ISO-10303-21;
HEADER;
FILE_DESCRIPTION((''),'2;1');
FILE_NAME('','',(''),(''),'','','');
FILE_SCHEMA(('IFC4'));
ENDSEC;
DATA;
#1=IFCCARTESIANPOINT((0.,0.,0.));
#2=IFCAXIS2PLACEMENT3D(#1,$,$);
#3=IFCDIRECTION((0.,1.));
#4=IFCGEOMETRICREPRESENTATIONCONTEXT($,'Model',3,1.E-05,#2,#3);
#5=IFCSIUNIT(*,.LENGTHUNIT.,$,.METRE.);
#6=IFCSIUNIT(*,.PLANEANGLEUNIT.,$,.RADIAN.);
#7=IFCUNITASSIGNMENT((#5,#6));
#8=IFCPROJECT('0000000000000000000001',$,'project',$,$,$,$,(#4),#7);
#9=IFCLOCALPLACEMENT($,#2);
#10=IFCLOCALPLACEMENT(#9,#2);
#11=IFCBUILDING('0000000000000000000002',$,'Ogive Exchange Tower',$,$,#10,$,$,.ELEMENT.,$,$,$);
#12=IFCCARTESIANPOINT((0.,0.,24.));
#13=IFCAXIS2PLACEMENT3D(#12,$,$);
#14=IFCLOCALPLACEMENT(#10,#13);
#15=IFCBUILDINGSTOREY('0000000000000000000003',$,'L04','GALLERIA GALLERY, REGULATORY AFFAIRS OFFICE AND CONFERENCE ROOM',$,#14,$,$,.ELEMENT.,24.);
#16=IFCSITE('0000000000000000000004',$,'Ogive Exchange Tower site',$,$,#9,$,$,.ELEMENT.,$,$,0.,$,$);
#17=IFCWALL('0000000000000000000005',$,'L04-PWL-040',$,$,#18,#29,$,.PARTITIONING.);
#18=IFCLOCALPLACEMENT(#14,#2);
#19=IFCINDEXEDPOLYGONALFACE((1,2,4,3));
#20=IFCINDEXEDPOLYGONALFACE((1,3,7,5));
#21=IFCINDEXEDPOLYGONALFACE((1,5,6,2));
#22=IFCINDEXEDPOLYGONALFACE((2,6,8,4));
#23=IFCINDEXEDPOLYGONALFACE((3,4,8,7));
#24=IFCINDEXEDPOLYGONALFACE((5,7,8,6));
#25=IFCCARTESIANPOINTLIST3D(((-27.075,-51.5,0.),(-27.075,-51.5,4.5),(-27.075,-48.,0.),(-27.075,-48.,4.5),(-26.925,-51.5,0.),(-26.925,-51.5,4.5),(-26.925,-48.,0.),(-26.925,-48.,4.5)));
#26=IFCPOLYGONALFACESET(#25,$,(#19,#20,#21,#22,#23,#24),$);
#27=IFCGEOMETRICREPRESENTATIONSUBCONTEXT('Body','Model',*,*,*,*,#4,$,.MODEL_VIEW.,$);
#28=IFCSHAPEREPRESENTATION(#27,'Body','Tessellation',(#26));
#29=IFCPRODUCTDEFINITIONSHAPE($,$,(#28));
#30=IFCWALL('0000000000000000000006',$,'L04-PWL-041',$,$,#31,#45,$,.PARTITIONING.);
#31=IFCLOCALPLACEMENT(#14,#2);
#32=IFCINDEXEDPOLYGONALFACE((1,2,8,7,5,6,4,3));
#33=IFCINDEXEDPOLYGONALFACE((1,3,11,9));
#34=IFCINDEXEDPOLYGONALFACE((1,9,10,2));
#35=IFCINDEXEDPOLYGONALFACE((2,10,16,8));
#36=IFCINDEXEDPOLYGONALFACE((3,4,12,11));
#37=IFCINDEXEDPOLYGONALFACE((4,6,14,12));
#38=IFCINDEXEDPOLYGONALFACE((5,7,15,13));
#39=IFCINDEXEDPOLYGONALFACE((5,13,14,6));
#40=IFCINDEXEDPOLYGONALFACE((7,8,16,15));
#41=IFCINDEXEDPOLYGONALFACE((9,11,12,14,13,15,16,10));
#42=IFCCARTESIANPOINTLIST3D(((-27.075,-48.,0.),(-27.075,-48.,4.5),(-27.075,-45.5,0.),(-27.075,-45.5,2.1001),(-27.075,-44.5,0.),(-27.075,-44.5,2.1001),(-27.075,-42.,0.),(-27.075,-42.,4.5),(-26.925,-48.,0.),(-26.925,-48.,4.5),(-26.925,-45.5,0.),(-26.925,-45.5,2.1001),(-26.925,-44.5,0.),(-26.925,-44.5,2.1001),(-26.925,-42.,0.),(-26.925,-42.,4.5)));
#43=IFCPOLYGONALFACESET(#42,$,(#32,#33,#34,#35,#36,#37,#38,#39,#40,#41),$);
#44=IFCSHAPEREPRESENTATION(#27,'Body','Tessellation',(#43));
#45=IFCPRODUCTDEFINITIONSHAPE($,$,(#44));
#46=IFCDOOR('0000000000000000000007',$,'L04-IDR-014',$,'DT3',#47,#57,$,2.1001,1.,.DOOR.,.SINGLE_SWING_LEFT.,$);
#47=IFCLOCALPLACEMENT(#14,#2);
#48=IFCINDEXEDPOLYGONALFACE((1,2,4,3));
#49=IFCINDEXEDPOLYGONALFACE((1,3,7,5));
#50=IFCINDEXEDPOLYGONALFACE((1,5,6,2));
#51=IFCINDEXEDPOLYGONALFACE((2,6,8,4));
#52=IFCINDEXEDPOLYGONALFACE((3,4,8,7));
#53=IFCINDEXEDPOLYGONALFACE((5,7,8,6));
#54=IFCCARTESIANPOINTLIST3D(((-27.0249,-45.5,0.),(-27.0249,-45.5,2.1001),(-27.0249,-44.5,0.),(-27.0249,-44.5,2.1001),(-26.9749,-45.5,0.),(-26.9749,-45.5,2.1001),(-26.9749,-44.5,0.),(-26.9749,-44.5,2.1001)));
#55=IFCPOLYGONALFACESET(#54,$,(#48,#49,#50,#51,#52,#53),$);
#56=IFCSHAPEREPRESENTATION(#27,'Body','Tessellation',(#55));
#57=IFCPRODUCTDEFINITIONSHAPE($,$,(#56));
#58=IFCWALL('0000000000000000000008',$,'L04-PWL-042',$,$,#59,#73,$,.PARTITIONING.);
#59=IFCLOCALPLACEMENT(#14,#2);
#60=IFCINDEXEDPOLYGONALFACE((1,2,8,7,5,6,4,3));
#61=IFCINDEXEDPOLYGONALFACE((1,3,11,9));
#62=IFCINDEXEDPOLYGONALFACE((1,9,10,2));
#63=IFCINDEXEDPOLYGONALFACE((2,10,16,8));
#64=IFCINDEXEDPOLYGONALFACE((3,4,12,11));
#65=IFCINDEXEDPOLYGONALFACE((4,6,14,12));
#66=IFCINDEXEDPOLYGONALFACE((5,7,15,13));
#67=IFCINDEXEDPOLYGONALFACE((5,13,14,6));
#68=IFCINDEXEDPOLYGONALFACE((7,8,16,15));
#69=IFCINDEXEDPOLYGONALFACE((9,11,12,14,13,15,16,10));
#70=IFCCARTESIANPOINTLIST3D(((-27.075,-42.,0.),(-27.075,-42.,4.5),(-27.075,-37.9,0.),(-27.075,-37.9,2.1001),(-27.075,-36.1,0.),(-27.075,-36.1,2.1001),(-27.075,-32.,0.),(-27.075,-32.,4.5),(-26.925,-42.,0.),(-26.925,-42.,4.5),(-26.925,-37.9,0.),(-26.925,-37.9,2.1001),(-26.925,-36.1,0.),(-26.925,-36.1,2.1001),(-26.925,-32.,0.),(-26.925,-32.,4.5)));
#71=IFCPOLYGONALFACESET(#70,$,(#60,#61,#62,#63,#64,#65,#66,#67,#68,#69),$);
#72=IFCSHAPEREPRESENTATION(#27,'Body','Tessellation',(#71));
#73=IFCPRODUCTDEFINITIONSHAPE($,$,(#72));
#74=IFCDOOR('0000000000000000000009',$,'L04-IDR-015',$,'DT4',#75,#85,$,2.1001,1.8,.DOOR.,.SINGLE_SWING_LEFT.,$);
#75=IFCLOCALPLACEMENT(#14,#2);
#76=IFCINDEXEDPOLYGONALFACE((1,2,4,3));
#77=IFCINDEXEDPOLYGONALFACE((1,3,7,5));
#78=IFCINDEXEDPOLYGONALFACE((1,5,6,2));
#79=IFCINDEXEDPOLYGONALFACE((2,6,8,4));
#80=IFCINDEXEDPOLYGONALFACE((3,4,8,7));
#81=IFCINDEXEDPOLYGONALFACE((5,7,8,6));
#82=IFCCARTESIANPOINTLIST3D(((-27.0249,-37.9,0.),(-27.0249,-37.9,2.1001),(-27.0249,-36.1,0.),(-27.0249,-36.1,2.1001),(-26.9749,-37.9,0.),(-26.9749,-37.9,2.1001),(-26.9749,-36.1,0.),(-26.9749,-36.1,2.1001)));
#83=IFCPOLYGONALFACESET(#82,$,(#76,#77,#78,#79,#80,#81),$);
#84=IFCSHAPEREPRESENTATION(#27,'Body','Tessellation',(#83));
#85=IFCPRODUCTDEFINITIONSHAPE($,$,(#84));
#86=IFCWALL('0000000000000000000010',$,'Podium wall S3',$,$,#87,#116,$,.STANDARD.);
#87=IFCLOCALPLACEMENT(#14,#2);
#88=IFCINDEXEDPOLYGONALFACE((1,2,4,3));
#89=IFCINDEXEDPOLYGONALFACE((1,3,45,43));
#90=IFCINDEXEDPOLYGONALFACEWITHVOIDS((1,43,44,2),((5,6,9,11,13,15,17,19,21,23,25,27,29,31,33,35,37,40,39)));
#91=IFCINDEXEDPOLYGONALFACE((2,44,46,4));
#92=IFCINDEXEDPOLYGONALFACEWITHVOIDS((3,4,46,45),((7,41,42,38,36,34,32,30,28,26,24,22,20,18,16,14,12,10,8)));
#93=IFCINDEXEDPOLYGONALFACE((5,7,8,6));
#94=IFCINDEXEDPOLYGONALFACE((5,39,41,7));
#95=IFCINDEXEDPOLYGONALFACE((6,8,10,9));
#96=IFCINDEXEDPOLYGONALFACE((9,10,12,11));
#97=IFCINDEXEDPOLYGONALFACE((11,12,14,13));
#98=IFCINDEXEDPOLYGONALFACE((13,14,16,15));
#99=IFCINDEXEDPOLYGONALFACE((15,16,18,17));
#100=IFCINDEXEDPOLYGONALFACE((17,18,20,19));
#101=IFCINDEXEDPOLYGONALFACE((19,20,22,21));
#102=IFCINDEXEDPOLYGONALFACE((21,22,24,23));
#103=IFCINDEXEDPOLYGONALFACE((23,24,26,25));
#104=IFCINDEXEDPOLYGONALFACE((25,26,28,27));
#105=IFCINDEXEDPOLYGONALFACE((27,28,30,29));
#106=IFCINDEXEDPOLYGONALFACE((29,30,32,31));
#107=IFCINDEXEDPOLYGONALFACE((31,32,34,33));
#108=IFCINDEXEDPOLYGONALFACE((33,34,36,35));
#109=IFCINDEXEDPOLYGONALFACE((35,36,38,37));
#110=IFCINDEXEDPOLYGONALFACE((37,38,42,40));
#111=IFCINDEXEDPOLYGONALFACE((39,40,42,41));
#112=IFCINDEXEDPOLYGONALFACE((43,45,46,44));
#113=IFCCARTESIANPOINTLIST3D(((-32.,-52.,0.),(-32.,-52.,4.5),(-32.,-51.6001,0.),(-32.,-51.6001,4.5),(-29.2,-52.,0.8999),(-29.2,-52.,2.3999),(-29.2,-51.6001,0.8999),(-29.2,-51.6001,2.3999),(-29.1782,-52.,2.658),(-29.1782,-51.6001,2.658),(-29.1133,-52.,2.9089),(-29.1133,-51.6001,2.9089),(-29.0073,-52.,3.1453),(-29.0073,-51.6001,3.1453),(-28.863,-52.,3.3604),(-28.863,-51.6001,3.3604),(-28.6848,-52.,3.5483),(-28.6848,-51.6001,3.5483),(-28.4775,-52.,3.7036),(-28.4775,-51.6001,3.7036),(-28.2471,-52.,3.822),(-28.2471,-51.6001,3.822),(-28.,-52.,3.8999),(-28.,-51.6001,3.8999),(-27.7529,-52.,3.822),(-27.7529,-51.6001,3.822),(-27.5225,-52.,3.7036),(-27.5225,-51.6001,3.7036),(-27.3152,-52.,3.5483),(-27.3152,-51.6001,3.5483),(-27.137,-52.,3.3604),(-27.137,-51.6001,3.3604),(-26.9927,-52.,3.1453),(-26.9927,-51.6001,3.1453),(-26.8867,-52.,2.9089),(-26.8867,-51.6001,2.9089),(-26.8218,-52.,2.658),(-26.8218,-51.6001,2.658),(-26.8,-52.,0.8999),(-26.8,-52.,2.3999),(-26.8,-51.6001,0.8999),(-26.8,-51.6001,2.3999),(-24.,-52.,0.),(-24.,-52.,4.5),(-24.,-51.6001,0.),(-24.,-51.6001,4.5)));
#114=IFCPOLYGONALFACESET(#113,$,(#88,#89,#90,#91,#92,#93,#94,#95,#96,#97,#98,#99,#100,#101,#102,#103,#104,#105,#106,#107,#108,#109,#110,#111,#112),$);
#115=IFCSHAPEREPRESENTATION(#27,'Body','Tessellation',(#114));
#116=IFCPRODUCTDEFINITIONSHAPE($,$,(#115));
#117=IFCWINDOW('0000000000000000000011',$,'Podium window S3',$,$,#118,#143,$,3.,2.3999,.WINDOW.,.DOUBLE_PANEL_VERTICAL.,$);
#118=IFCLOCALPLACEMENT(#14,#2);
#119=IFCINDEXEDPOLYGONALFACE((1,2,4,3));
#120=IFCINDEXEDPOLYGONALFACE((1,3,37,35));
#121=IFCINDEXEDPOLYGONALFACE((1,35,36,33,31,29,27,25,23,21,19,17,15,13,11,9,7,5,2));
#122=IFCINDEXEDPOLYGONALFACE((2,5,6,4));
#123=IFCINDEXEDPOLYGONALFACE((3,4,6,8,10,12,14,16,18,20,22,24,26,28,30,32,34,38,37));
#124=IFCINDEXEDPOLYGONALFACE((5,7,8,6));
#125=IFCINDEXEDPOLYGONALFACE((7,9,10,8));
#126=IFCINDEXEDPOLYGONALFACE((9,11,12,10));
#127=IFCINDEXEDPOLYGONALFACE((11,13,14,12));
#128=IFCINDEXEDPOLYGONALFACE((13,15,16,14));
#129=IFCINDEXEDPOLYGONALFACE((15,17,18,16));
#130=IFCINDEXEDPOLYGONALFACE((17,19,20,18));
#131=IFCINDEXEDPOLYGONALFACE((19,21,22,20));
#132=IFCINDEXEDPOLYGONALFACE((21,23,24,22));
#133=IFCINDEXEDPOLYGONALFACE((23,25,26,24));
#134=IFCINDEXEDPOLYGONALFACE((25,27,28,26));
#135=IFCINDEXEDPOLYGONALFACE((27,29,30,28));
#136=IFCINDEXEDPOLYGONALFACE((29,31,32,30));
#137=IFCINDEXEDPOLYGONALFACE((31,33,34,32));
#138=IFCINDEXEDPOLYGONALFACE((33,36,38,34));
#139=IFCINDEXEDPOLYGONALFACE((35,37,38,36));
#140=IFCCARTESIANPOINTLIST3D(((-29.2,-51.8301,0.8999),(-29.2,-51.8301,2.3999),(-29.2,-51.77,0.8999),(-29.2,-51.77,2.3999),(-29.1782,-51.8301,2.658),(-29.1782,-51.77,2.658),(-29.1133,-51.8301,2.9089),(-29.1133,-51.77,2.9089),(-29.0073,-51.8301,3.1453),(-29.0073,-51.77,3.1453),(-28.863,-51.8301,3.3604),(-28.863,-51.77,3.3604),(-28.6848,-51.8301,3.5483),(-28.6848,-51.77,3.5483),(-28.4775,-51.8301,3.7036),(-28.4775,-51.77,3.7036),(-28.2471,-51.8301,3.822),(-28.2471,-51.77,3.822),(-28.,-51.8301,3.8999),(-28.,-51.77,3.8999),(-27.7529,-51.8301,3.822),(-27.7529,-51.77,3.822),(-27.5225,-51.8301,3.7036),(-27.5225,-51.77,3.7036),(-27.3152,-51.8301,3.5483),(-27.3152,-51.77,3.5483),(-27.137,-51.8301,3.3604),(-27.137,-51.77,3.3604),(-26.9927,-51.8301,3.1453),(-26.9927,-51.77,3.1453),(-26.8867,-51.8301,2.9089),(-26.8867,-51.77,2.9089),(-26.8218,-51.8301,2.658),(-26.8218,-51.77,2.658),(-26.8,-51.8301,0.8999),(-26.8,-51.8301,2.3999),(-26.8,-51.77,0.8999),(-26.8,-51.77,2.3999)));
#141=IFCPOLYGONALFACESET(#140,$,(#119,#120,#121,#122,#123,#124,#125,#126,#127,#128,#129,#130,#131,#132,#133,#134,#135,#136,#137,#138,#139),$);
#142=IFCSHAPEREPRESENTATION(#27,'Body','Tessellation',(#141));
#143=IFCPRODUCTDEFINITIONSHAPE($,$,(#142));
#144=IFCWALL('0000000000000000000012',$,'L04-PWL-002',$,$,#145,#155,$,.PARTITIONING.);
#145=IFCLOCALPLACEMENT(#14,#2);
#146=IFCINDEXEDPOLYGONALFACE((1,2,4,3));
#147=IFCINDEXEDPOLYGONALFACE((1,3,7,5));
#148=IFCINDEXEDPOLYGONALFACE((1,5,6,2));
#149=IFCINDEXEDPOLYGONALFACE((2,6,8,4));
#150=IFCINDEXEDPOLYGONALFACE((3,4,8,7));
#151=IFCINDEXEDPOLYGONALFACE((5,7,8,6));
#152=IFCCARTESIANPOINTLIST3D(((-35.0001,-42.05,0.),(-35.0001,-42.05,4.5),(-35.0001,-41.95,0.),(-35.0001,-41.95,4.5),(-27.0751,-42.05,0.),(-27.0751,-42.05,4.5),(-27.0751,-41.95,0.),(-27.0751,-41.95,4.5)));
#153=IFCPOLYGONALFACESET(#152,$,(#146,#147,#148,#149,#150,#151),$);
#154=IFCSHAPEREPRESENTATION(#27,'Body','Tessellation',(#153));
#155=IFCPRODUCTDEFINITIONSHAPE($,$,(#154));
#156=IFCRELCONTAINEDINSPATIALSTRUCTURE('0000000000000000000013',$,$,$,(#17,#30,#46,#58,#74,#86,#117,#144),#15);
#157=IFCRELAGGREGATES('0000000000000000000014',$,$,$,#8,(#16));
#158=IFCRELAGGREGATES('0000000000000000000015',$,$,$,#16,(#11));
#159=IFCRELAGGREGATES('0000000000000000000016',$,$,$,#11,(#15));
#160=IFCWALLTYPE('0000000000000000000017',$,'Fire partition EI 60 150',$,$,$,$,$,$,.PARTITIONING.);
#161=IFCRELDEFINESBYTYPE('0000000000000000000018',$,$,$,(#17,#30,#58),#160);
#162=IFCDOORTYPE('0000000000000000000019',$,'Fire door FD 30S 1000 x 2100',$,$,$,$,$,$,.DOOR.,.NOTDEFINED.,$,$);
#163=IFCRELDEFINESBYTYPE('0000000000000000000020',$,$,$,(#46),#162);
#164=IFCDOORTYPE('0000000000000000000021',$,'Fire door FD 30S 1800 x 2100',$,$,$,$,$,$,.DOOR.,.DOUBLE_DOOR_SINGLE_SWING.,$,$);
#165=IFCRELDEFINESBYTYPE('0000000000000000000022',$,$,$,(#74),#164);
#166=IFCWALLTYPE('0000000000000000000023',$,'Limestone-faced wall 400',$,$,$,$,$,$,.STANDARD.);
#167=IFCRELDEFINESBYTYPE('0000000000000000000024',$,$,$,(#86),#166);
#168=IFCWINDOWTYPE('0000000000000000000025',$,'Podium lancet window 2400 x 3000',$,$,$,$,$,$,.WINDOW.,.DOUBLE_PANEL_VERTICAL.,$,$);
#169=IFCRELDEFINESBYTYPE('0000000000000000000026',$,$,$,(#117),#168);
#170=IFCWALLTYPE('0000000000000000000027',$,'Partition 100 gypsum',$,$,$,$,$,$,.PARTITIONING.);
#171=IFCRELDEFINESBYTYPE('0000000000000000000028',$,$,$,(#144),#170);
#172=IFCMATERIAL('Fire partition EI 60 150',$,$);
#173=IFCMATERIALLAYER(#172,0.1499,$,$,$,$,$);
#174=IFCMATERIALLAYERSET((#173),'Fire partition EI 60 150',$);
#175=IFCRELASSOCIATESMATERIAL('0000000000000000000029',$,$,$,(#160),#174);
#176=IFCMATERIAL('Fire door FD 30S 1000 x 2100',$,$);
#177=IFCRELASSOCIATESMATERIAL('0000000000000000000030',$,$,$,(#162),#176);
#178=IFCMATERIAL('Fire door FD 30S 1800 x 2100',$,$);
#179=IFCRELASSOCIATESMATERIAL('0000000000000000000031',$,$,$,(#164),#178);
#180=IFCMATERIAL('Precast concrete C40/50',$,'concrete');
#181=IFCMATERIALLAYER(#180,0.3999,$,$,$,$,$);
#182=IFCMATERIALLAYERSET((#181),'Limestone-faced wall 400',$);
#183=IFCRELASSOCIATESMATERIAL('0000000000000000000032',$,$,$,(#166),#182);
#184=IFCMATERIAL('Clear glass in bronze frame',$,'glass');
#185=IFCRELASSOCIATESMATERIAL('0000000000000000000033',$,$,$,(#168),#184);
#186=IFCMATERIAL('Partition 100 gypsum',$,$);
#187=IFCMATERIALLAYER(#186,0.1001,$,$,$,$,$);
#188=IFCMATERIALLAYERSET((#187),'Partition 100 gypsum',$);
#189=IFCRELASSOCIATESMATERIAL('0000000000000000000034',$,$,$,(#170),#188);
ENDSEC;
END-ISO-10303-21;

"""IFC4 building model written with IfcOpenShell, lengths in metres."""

from ifc_helpers import new_model, si_unit, direction, frame, frame_2d, origin, place, context, subcontext, project, spatial, polyline, rectangle, outline, extrude, material, layer, layer_set, type_object, element, fill, save


model = new_model("IFC4")

# Units and contexts
model_context = context("Model", 3, precision=1e-05, world=origin(), true_north=direction((0.0, 1.0)))
body_context = subcontext(model_context, "Body", "Model", "MODEL_VIEW")
ifc_project = project(units=[si_unit("LENGTHUNIT", "METRE"), si_unit("PLANEANGLEUNIT", "RADIAN")], contexts=[model_context])

# Site, building, storey
site_placement = place(None, origin())
site = spatial("IfcSite", under=ifc_project, at=site_placement, Name="Ogive Exchange Tower site", CompositionType="ELEMENT", RefElevation=0.0)
building_placement = place(site_placement, origin())
building = spatial("IfcBuilding", under=site, at=building_placement, Name="Ogive Exchange Tower", CompositionType="ELEMENT")
storey_placement = place(building_placement, frame((0.0, 0.0, 24.0)))
storey = spatial("IfcBuildingStorey", under=building, at=storey_placement, Name="L04", Description="GALLERIA GALLERY, REGULATORY AFFAIRS OFFICE AND CONFERENCE ROOM", CompositionType="ELEMENT", Elevation=24.0)

# Wall
ifc_material_1 = material(Name="Fire partition EI 60 150")
ifc_layer_1 = layer(ifc_material_1, 0.1499)
ifc_layer_set_1 = layer_set([ifc_layer_1], Name="Fire partition EI 60 150")
wall_type_1 = type_object("IfcWallType", Name="Fire partition EI 60 150", PredefinedType="PARTITIONING", material=ifc_layer_set_1)
wall_1_placement = place(storey_placement, frame((-27.0, -51.5, 0.0), z_axis=(0.0, 0.0, 1.0), x_axis=(0.0, 1.0, 0.0)))
element("IfcWall", 1, at=wall_1_placement, inside=storey, type_object=wall_type_1, Name="L04-PWL-040", PredefinedType="PARTITIONING", context=body_context, shape_type="SweptSolid", body=[
    extrude(rectangle(XDim=3.5, YDim=0.1499, at=frame_2d((1.75, 0.0))), origin(), (0.0, 0.0, 1.0), 4.5),
])

# Walls, openings, doors
wall_2_placement = place(storey_placement, frame((-27.0, -48.0, 0.0), z_axis=(0.0, 0.0, 1.0), x_axis=(0.0, 1.0, 0.0)))
wall_2 = element("IfcWall", 2, at=wall_2_placement, inside=storey, type_object=wall_type_1, Name="L04-PWL-041", PredefinedType="PARTITIONING", context=body_context, shape_type="SweptSolid", body=[
    extrude(rectangle(XDim=6.0, YDim=0.1499, at=frame_2d((3.0, 0.0))), origin(), (0.0, 0.0, 1.0), 4.5),
])
opening_1_placement = place(wall_2_placement, frame((2.5, 0.0, 0.0)))
opening_1 = element("IfcOpeningElement", 3, at=opening_1_placement, cuts=wall_2, PredefinedType="OPENING", context=body_context, shape_type="SweptSolid", body=[
    extrude(rectangle(XDim=1.0, YDim=2.1001, at=frame_2d((0.5, 1.05))), frame((0.0, 0.085, 0.0), z_axis=(0.0, -1.0, 0.0), x_axis=(1.0, 0.0, 0.0)), (0.0, 0.0, 1.0), 0.1699),
])
ifc_material_2 = material(Name="Fire door FD 30S 1000 x 2100")
door_type_1 = type_object("IfcDoorType", Name="Fire door FD 30S 1000 x 2100", OperationType="NOTDEFINED", PredefinedType="DOOR", material=ifc_material_2)
door_1_placement = place(opening_1_placement, origin())
door_1 = element("IfcDoor", 4, at=door_1_placement, inside=storey, type_object=door_type_1, Name="L04-IDR-014", ObjectType="DT3", OperationType="SINGLE_SWING_LEFT", OverallHeight=2.1001, OverallWidth=1.0, PredefinedType="DOOR", context=body_context, shape_type="SweptSolid", body=[
    extrude(rectangle(XDim=1.0, YDim=2.1001, at=frame_2d((0.5, 1.05))), frame((0.0, 0.0249, 0.0), z_axis=(0.0, -1.0, 0.0), x_axis=(1.0, 0.0, 0.0)), (0.0, 0.0, 1.0), 0.05),
])
fill(opening_1, door_1)
wall_3_placement = place(storey_placement, frame((-27.0, -42.0, 0.0), z_axis=(0.0, 0.0, 1.0), x_axis=(0.0, 1.0, 0.0)))
wall_3 = element("IfcWall", 5, at=wall_3_placement, inside=storey, type_object=wall_type_1, Name="L04-PWL-042", PredefinedType="PARTITIONING", context=body_context, shape_type="SweptSolid", body=[
    extrude(rectangle(XDim=10.0, YDim=0.1499, at=frame_2d((5.0, 0.0))), origin(), (0.0, 0.0, 1.0), 4.5),
])
opening_2_placement = place(wall_3_placement, frame((4.1001, 0.0, 0.0)))
opening_2 = element("IfcOpeningElement", 6, at=opening_2_placement, cuts=wall_3, PredefinedType="OPENING", context=body_context, shape_type="SweptSolid", body=[
    extrude(rectangle(XDim=1.8, YDim=2.1001, at=frame_2d((0.8999, 1.05))), frame((0.0, 0.085, 0.0), z_axis=(0.0, -1.0, 0.0), x_axis=(1.0, 0.0, 0.0)), (0.0, 0.0, 1.0), 0.1699),
])
ifc_material_3 = material(Name="Fire door FD 30S 1800 x 2100")
door_type_2 = type_object("IfcDoorType", Name="Fire door FD 30S 1800 x 2100", OperationType="DOUBLE_DOOR_SINGLE_SWING", PredefinedType="DOOR", material=ifc_material_3)
door_2_placement = place(opening_2_placement, origin())
door_2 = element("IfcDoor", 7, at=door_2_placement, inside=storey, type_object=door_type_2, Name="L04-IDR-015", ObjectType="DT4", OperationType="SINGLE_SWING_LEFT", OverallHeight=2.1001, OverallWidth=1.8, PredefinedType="DOOR", context=body_context, shape_type="SweptSolid", body=[
    extrude(rectangle(XDim=1.8, YDim=2.1001, at=frame_2d((0.8999, 1.05))), frame((0.0, 0.0249, 0.0), z_axis=(0.0, -1.0, 0.0), x_axis=(1.0, 0.0, 0.0)), (0.0, 0.0, 1.0), 0.05),
])
fill(opening_2, door_2)

# Wall, opening, window
ifc_material_4 = material(Name="Precast concrete C40/50", Category="concrete")
ifc_layer_2 = layer(ifc_material_4, 0.3999)
ifc_layer_set_2 = layer_set([ifc_layer_2], Name="Limestone-faced wall 400")
wall_type_2 = type_object("IfcWallType", Name="Limestone-faced wall 400", PredefinedType="STANDARD", material=ifc_layer_set_2)
wall_4_placement = place(storey_placement, frame((-32.0, -51.8, 0.0), z_axis=(0.0, 0.0, 1.0), x_axis=(1.0, 0.0, 0.0)))
wall_4 = element("IfcWall", 8, at=wall_4_placement, inside=storey, type_object=wall_type_2, Name="Podium wall S3", PredefinedType="STANDARD", context=body_context, shape_type="SweptSolid", body=[
    extrude(rectangle(XDim=8.0, YDim=0.3999, at=frame_2d((4.0, 0.0))), origin(), (0.0, 0.0, 1.0), 4.5),
])
opening_3_placement = place(wall_4_placement, frame((2.8, 0.0, 0.8999)))
opening_3 = element("IfcOpeningElement", 9, at=opening_3_placement, cuts=wall_4, PredefinedType="OPENING", context=body_context, shape_type="SweptSolid", body=[
    extrude(outline(polyline([(0.0, 0.0), (2.3999, 0.0), (2.3999, 1.5), (2.3782, 1.7581), (2.3132, 2.009), (2.2073, 2.2454), (2.063, 2.4604), (1.8848, 2.6484), (1.6775, 2.8037), (1.447, 2.9221), (1.2, 3.0), (0.9529, 2.9221), (0.7224, 2.8037), (0.5151, 2.6484), (0.3369, 2.4604), (0.1926, 2.2454), (0.0867, 2.009), (0.0217, 1.7581), (0.0, 1.5), (0.0, 0.0)])), frame((0.0, 0.21, 0.0), z_axis=(0.0, -1.0, 0.0), x_axis=(1.0, 0.0, 0.0)), (0.0, 0.0, 1.0), 0.4199),
])
ifc_material_5 = material(Name="Clear glass in bronze frame", Category="glass")
window_type = type_object("IfcWindowType", Name="Podium lancet window 2400 x 3000", PartitioningType="DOUBLE_PANEL_VERTICAL", PredefinedType="WINDOW", material=ifc_material_5)
window_placement = place(opening_3_placement, origin())
window = element("IfcWindow", 10, at=window_placement, inside=storey, type_object=window_type, Name="Podium window S3", OverallHeight=3.0, OverallWidth=2.3999, PartitioningType="DOUBLE_PANEL_VERTICAL", PredefinedType="WINDOW", context=body_context, shape_type="SweptSolid", body=[
    extrude(outline(polyline([(0.0, 0.0), (2.3999, 0.0), (2.3999, 1.5), (2.3782, 1.7581), (2.3132, 2.009), (2.2073, 2.2454), (2.063, 2.4604), (1.8848, 2.6484), (1.6775, 2.8037), (1.447, 2.9221), (1.2, 3.0), (0.9529, 2.9221), (0.7224, 2.8037), (0.5151, 2.6484), (0.3369, 2.4604), (0.1926, 2.2454), (0.0867, 2.009), (0.0217, 1.7581), (0.0, 1.5), (0.0, 0.0)])), frame((0.0, 0.03, 0.0), z_axis=(0.0, -1.0, 0.0), x_axis=(1.0, 0.0, 0.0)), (0.0, 0.0, 1.0), 0.0601),
])
fill(opening_3, window)

# Wall
ifc_material_6 = material(Name="Partition 100 gypsum")
ifc_layer_3 = layer(ifc_material_6, 0.1001)
ifc_layer_set_3 = layer_set([ifc_layer_3], Name="Partition 100 gypsum")
wall_type_3 = type_object("IfcWallType", Name="Partition 100 gypsum", PredefinedType="PARTITIONING", material=ifc_layer_set_3)
wall_5_placement = place(storey_placement, frame((-35.0, -42.0, 0.0), z_axis=(0.0, 0.0, 1.0), x_axis=(1.0, 0.0, 0.0)))
element("IfcWall", 11, at=wall_5_placement, inside=storey, type_object=wall_type_3, Name="L04-PWL-002", PredefinedType="PARTITIONING", context=body_context, shape_type="SweptSolid", body=[
    extrude(rectangle(XDim=7.925, YDim=0.1001, at=frame_2d((3.9624, 0.0))), origin(), (0.0, 0.0, 1.0), 4.5),
])

save(model, "model.ifc")
